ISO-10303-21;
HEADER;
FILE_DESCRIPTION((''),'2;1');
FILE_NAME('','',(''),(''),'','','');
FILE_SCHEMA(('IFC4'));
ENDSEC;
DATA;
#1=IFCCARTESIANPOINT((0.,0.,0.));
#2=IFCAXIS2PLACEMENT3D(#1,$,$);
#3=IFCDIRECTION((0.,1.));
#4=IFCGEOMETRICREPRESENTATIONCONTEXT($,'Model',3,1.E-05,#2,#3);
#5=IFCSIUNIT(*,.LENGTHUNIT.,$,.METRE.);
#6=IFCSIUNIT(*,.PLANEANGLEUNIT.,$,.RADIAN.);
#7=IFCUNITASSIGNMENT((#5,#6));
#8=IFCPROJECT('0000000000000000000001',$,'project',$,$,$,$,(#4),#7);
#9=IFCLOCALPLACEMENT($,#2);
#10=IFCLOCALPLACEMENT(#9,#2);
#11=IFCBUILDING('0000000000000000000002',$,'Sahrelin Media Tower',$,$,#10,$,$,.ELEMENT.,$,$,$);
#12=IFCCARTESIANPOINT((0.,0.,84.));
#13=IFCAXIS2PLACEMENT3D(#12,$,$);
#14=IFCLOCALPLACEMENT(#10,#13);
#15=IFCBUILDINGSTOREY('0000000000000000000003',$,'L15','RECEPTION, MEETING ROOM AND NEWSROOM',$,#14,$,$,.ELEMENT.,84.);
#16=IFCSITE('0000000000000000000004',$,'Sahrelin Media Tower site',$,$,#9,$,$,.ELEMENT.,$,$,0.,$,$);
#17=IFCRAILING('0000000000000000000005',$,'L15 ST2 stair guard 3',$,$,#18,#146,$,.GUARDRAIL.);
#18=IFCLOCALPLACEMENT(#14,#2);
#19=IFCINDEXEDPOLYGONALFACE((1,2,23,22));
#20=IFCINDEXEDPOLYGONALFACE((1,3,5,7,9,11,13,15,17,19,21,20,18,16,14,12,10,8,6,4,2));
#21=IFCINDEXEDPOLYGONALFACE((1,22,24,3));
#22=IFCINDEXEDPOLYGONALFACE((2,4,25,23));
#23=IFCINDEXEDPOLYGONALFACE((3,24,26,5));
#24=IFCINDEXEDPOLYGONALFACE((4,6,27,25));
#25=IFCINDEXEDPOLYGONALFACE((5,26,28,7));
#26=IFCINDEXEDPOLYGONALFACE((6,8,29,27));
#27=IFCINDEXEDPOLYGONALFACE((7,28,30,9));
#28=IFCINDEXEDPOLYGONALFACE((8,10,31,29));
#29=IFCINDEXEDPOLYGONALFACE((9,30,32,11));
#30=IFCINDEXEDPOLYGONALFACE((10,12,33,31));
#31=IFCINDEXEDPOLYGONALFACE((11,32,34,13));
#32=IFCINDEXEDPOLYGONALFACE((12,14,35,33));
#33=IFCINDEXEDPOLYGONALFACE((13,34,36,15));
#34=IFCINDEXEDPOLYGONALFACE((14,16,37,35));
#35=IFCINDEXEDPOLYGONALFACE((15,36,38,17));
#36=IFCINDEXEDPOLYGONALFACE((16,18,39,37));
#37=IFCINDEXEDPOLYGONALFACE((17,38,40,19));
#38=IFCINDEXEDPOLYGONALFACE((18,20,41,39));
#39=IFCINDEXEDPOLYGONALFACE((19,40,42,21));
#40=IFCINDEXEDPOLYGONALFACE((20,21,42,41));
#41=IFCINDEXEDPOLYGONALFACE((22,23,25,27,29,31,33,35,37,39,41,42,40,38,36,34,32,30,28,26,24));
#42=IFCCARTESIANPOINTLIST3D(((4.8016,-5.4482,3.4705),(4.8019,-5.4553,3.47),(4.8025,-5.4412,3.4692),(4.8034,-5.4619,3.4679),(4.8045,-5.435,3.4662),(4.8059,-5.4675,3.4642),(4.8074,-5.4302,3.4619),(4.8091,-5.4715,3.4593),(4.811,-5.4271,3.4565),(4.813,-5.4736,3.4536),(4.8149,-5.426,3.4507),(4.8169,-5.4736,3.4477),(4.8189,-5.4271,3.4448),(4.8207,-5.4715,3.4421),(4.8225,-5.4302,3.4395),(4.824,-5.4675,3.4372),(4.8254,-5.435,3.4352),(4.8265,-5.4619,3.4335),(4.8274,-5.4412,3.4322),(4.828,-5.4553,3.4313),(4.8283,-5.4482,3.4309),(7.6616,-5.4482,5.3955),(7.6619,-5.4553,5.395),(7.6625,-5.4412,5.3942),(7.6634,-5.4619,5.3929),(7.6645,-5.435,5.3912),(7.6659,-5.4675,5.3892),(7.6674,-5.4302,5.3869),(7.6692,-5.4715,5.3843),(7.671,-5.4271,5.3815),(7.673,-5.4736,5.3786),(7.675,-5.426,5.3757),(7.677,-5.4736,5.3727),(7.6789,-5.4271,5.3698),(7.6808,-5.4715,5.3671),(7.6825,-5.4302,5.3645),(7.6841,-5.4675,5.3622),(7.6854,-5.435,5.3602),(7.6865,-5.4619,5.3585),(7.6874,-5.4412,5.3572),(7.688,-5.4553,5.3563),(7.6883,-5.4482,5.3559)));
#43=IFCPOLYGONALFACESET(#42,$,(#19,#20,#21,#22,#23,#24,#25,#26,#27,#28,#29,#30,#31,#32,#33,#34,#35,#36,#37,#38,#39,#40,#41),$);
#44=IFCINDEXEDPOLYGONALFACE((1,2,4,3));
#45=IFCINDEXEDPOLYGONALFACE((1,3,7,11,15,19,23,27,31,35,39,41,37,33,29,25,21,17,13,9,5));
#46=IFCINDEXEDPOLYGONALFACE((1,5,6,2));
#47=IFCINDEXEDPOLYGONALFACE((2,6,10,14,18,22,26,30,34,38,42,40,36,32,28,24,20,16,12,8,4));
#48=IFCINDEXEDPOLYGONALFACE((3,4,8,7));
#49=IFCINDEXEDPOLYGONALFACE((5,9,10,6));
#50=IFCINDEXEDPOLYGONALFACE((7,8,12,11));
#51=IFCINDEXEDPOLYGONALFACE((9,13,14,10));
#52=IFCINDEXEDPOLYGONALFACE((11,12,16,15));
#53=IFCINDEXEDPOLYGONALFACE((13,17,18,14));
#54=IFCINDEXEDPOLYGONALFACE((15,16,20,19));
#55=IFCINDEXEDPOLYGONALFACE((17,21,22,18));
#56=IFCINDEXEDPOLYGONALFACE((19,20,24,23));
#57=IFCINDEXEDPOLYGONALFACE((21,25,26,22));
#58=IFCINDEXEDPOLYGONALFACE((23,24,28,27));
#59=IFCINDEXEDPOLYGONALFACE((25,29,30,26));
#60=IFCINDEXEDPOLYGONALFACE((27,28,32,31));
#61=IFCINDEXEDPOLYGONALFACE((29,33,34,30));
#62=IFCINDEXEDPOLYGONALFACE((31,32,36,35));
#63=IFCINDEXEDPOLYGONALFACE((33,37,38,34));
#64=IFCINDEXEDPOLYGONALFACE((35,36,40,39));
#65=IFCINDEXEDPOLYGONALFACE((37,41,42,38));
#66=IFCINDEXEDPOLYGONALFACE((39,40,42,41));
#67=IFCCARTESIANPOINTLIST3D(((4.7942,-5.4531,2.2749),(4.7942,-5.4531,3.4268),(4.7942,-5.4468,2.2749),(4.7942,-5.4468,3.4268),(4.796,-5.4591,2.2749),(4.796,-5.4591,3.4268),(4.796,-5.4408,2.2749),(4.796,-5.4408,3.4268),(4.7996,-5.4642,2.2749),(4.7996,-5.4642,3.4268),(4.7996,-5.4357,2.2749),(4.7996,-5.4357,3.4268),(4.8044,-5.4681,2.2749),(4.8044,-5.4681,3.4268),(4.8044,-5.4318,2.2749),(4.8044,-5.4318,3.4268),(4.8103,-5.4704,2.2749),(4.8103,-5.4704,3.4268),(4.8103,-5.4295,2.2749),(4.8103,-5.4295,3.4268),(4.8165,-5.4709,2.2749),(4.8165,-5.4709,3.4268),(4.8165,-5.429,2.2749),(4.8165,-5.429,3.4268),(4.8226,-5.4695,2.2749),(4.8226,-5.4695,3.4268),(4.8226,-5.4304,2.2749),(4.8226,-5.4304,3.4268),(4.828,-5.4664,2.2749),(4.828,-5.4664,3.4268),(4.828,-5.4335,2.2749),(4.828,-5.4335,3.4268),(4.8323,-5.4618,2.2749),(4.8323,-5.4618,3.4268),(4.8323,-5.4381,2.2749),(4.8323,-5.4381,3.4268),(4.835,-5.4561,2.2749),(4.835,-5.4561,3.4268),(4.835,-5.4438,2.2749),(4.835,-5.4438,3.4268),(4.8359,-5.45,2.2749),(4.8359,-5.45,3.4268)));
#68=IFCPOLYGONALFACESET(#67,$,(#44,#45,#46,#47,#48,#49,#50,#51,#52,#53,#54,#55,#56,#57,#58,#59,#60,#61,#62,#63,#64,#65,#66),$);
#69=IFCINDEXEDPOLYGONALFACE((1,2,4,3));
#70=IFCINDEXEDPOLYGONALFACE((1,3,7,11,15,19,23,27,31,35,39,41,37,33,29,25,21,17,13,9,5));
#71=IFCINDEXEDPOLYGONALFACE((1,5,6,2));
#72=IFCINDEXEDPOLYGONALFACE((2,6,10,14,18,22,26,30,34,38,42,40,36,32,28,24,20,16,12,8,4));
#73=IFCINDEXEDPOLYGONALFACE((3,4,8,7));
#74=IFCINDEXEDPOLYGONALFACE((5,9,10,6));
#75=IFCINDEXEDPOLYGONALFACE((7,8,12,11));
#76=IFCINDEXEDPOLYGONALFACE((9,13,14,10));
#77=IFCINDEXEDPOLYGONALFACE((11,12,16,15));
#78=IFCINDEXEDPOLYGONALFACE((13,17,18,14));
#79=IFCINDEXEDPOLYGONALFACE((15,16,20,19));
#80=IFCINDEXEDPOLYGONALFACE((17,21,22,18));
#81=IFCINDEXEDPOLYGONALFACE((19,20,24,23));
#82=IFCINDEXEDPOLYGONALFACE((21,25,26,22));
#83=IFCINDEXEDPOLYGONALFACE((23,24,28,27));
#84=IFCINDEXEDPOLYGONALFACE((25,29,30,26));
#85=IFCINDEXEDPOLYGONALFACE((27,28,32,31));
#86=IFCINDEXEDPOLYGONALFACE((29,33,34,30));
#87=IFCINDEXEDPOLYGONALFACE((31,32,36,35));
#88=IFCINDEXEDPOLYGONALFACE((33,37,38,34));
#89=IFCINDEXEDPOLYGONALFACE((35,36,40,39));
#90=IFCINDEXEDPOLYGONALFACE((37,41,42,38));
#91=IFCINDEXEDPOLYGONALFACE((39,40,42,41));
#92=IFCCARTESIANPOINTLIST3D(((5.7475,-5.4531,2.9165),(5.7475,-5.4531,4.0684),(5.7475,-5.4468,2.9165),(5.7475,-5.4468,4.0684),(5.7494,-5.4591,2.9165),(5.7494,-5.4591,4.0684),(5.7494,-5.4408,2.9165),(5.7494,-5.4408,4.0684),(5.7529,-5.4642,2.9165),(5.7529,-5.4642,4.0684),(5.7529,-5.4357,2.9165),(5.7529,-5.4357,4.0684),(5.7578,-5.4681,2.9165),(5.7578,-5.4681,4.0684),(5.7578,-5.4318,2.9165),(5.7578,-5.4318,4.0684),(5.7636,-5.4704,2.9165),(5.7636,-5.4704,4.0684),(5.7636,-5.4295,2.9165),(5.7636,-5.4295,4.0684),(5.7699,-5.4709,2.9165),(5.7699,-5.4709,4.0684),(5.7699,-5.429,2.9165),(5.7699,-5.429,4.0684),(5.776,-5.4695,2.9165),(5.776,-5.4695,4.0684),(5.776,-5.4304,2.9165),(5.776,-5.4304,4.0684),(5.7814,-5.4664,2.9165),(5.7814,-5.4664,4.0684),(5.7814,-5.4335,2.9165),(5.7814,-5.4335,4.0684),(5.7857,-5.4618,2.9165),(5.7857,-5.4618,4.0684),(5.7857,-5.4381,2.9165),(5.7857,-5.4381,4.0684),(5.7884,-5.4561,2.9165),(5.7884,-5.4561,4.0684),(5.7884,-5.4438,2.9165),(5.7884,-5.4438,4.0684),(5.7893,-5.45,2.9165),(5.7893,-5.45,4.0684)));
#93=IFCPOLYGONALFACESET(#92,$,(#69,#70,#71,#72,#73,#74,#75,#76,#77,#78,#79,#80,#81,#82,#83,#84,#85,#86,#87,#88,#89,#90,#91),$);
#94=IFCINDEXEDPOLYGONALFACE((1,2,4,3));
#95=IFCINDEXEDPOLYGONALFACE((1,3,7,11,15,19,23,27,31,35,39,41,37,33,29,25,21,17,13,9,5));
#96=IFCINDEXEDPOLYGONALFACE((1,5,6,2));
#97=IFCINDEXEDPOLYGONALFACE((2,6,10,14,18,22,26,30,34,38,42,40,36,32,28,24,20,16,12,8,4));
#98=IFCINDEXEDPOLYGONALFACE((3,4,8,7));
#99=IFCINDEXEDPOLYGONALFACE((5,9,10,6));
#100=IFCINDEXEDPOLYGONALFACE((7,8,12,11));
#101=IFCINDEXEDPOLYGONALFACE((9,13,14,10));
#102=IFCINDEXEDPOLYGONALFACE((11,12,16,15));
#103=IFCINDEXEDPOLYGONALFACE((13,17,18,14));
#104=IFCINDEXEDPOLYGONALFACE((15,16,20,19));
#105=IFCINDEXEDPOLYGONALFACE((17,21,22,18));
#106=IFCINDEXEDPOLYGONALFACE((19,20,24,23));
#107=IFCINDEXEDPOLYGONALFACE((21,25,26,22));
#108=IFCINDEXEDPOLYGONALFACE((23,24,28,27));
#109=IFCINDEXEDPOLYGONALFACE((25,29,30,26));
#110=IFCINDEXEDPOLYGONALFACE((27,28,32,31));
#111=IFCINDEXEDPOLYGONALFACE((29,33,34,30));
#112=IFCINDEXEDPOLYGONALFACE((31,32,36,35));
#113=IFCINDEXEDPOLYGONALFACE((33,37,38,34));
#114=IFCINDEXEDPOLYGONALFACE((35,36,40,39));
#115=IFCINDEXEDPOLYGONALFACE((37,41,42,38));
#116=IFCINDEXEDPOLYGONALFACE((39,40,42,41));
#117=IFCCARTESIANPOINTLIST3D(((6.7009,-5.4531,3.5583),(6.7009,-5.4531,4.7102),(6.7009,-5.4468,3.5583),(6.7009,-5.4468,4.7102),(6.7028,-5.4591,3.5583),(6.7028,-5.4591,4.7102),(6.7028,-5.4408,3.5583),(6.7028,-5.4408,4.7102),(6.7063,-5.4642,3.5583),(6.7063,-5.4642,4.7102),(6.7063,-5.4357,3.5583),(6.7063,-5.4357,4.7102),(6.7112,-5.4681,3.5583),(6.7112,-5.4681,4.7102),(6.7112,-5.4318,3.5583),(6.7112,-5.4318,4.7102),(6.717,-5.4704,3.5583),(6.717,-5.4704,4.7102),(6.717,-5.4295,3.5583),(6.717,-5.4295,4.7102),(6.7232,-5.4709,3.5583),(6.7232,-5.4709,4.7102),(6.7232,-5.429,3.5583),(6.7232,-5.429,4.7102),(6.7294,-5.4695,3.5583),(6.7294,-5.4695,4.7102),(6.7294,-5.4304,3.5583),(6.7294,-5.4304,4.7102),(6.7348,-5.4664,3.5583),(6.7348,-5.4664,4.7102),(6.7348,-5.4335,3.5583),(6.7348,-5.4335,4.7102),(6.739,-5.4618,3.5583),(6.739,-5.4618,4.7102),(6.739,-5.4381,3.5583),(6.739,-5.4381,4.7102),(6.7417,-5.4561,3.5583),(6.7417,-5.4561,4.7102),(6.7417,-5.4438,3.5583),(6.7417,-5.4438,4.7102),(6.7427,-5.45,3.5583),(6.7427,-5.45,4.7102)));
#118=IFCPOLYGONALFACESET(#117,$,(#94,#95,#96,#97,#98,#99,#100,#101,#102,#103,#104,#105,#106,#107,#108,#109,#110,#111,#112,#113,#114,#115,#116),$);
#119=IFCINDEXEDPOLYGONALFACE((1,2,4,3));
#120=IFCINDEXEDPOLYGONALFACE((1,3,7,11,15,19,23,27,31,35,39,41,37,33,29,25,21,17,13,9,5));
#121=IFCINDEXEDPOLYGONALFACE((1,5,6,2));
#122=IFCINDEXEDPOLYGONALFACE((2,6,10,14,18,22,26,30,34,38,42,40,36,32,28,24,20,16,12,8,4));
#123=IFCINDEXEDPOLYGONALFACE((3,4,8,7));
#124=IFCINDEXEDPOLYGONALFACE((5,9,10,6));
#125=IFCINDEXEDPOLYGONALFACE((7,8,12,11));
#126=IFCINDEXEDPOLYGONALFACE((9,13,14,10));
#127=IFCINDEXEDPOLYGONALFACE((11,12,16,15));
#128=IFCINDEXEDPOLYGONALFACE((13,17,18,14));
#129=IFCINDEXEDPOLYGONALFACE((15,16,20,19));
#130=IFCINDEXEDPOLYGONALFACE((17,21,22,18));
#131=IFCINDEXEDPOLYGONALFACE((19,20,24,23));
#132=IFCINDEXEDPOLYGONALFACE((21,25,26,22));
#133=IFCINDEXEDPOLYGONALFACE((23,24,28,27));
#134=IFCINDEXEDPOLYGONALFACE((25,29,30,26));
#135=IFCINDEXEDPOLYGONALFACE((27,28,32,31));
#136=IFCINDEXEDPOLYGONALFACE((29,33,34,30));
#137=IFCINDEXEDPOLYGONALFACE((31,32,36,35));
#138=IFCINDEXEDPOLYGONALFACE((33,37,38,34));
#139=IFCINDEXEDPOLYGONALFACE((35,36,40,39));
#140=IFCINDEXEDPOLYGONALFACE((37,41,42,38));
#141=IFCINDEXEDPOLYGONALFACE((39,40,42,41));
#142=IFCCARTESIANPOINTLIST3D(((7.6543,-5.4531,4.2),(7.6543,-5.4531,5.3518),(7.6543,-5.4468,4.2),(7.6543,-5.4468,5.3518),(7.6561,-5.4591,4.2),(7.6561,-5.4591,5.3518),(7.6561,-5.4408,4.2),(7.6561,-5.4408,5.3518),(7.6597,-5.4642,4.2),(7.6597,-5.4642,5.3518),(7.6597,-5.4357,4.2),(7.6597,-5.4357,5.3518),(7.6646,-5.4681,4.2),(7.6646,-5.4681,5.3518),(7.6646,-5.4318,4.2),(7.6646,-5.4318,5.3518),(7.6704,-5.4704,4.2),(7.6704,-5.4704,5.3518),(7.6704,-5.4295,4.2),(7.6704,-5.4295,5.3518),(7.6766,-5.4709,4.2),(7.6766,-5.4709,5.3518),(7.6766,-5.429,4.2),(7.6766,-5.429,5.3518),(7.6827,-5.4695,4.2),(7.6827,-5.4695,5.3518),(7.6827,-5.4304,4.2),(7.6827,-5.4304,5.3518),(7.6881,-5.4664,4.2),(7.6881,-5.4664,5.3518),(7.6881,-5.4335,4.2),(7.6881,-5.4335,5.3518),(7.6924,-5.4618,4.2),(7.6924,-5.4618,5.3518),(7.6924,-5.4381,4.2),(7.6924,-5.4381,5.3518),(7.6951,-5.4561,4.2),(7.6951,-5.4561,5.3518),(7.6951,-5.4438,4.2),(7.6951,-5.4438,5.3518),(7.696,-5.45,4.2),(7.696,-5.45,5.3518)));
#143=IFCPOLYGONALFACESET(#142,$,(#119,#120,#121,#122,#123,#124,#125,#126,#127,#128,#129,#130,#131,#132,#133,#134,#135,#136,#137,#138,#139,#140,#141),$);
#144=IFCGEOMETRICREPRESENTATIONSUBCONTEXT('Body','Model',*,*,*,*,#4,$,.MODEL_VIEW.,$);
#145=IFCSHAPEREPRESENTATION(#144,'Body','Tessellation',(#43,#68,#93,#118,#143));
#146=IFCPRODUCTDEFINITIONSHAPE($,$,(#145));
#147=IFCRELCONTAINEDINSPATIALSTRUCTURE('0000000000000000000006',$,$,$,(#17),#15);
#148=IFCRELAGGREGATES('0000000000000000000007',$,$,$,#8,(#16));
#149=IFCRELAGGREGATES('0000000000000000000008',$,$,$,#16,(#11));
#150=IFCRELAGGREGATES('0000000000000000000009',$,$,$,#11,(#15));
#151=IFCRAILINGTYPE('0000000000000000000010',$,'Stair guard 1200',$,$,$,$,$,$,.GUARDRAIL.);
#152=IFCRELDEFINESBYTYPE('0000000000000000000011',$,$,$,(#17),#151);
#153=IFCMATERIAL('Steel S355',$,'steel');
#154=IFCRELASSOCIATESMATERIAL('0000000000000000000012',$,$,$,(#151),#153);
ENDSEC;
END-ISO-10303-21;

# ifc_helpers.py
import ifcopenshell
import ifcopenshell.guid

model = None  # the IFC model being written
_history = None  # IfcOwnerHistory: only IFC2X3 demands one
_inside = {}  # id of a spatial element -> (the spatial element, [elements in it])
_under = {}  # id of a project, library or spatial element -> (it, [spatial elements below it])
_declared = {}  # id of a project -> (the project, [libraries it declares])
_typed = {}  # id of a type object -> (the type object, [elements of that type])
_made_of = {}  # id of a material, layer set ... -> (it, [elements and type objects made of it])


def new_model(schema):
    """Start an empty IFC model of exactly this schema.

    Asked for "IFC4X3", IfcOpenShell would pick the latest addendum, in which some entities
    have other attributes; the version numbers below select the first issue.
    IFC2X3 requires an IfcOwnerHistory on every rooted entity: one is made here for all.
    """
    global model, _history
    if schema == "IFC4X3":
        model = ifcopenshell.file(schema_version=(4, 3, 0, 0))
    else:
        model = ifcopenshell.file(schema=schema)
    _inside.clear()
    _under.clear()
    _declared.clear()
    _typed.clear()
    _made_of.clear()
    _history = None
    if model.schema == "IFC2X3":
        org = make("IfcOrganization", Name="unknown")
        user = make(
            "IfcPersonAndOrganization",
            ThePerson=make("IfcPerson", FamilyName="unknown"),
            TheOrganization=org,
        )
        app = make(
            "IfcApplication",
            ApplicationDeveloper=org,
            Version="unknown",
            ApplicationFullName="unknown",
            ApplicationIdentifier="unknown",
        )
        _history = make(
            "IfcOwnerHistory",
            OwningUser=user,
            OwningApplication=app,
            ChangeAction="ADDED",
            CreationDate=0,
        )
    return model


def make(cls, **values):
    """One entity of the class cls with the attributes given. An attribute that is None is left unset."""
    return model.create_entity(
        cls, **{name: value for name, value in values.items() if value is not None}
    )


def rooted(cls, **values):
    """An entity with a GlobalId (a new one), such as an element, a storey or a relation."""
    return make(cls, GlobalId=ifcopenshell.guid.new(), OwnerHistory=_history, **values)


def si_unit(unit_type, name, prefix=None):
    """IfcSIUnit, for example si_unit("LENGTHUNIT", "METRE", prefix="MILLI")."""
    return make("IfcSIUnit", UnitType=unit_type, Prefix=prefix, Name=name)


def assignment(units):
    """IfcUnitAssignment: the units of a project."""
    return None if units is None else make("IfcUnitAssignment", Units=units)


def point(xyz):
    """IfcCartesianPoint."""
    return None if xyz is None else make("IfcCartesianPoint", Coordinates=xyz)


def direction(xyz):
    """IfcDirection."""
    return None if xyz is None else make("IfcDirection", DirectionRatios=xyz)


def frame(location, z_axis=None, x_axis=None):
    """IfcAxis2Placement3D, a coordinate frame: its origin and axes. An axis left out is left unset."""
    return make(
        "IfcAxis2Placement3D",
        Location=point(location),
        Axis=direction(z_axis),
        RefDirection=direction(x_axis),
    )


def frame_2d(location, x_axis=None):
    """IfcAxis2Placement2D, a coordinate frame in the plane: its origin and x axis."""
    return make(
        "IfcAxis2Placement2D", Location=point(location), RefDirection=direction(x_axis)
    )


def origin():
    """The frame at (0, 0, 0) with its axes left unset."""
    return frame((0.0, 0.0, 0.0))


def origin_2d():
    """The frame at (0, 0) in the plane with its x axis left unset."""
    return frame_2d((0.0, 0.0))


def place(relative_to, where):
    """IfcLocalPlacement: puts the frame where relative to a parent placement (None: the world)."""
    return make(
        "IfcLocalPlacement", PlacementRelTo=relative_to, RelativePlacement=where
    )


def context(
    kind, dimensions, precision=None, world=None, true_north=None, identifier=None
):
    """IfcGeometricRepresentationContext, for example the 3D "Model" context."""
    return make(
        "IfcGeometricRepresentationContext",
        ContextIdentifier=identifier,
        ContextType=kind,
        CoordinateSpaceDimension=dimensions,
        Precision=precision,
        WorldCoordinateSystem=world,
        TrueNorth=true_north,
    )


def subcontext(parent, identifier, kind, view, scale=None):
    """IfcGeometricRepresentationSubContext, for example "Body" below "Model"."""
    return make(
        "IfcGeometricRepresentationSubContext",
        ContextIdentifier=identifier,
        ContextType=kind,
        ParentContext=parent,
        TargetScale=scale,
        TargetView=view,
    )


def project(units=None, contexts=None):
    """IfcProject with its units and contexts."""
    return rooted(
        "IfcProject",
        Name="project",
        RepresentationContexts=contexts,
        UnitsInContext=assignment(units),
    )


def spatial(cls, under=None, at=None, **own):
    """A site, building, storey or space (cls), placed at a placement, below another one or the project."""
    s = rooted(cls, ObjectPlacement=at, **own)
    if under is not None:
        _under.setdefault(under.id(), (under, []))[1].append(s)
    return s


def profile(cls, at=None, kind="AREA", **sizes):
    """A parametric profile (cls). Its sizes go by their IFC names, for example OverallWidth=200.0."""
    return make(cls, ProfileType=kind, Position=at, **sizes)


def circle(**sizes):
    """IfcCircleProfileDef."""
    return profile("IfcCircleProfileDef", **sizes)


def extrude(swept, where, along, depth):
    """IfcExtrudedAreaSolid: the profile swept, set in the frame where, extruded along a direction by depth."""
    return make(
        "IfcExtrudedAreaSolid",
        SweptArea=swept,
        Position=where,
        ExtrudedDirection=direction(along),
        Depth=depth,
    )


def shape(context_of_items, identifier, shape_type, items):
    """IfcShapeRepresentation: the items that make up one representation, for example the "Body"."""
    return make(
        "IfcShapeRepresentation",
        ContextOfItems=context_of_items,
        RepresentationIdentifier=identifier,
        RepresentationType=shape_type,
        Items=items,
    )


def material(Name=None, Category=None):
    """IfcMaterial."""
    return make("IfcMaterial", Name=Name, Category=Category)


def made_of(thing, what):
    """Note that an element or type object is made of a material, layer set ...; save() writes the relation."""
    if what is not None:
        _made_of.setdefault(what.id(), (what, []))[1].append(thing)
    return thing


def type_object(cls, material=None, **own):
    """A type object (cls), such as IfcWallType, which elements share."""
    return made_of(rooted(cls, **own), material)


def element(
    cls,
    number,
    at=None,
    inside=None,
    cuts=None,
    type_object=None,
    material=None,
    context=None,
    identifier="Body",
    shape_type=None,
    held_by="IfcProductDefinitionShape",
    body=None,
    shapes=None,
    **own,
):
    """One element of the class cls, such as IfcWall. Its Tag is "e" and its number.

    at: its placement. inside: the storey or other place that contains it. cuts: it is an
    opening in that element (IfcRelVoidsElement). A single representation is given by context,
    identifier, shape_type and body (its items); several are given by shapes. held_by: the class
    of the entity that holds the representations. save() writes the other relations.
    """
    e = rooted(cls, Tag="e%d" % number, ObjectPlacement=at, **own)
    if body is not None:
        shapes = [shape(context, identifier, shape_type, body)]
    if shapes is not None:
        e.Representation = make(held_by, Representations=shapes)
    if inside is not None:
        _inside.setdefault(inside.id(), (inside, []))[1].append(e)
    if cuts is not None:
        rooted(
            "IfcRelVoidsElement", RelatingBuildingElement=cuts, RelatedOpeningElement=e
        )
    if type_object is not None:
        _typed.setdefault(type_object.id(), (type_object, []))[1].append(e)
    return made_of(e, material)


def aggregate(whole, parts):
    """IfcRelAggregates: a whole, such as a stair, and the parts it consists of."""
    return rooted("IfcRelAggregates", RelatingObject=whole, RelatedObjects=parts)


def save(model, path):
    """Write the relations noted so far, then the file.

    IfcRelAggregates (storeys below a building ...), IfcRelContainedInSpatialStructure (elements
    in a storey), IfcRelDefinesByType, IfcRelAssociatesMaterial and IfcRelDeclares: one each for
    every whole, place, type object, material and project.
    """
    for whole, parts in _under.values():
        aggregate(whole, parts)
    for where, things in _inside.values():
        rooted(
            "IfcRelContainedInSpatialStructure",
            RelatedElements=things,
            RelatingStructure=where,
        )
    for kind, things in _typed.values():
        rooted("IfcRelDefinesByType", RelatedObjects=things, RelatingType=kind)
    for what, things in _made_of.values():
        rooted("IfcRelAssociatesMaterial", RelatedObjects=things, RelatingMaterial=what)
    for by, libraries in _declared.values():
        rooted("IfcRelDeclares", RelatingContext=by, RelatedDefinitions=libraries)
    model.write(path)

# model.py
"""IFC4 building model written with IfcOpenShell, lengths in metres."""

from ifc_helpers import new_model, si_unit, direction, frame, origin, origin_2d, place, context, subcontext, project, spatial, circle, extrude, material, type_object, element, save


model = new_model("IFC4")

# Units and contexts
model_context = context("Model", 3, precision=1e-05, world=origin(), true_north=direction((0.0, 1.0)))
body_context = subcontext(model_context, "Body", "Model", "MODEL_VIEW")
ifc_project = project(units=[si_unit("LENGTHUNIT", "METRE"), si_unit("PLANEANGLEUNIT", "RADIAN")], contexts=[model_context])

# Site, building, storey
site_placement = place(None, origin())
site = spatial("IfcSite", under=ifc_project, at=site_placement, Name="Sahrelin Media Tower site", CompositionType="ELEMENT", RefElevation=0.0)
building_placement = place(site_placement, origin())
building = spatial("IfcBuilding", under=site, at=building_placement, Name="Sahrelin Media Tower", CompositionType="ELEMENT")
storey_placement = place(building_placement, frame((0.0, 0.0, 84.0)))
storey = spatial("IfcBuildingStorey", under=building, at=storey_placement, Name="L15", Description="RECEPTION, MEETING ROOM AND NEWSROOM", CompositionType="ELEMENT", Elevation=84.0)

# Shared definitions
ifc_material_1 = material(Name="Steel S355", Category="steel")

# Railing
railing_type_1 = type_object("IfcRailingType", Name="Stair guard 1200", PredefinedType="GUARDRAIL", material=ifc_material_1)
railing_1_placement = place(storey_placement, frame((4.8149, -5.45, 2.2749)))
element("IfcRailing", 1, at=railing_1_placement, inside=storey, type_object=railing_type_1, Name="L15 ST2 stair guard 3", PredefinedType="GUARDRAIL", context=body_context, shape_type="SweptSolid", body=[
    extrude(circle(Radius=0.0239, at=origin_2d()), frame((0.0, 0.0, 1.1758), z_axis=(0.829591, 0.0, 0.558372), x_axis=(0.0, 1.0, 0.0)), (0.0, 0.0, 1.0), 3.4475),
    extrude(circle(Radius=0.021, at=origin_2d()), origin(), (0.0, 0.0, 1.0), 1.1519),
    extrude(circle(Radius=0.021, at=origin_2d()), frame((0.9534, 0.0, 0.6416)), (0.0, 0.0, 1.0), 1.1519),
    extrude(circle(Radius=0.021, at=origin_2d()), frame((1.9067, 0.0, 1.2834)), (0.0, 0.0, 1.0), 1.1519),
    extrude(circle(Radius=0.021, at=origin_2d()), frame((2.8601, 0.0, 1.925)), (0.0, 0.0, 1.0), 1.1519),
])

save(model, "model.ifc")
